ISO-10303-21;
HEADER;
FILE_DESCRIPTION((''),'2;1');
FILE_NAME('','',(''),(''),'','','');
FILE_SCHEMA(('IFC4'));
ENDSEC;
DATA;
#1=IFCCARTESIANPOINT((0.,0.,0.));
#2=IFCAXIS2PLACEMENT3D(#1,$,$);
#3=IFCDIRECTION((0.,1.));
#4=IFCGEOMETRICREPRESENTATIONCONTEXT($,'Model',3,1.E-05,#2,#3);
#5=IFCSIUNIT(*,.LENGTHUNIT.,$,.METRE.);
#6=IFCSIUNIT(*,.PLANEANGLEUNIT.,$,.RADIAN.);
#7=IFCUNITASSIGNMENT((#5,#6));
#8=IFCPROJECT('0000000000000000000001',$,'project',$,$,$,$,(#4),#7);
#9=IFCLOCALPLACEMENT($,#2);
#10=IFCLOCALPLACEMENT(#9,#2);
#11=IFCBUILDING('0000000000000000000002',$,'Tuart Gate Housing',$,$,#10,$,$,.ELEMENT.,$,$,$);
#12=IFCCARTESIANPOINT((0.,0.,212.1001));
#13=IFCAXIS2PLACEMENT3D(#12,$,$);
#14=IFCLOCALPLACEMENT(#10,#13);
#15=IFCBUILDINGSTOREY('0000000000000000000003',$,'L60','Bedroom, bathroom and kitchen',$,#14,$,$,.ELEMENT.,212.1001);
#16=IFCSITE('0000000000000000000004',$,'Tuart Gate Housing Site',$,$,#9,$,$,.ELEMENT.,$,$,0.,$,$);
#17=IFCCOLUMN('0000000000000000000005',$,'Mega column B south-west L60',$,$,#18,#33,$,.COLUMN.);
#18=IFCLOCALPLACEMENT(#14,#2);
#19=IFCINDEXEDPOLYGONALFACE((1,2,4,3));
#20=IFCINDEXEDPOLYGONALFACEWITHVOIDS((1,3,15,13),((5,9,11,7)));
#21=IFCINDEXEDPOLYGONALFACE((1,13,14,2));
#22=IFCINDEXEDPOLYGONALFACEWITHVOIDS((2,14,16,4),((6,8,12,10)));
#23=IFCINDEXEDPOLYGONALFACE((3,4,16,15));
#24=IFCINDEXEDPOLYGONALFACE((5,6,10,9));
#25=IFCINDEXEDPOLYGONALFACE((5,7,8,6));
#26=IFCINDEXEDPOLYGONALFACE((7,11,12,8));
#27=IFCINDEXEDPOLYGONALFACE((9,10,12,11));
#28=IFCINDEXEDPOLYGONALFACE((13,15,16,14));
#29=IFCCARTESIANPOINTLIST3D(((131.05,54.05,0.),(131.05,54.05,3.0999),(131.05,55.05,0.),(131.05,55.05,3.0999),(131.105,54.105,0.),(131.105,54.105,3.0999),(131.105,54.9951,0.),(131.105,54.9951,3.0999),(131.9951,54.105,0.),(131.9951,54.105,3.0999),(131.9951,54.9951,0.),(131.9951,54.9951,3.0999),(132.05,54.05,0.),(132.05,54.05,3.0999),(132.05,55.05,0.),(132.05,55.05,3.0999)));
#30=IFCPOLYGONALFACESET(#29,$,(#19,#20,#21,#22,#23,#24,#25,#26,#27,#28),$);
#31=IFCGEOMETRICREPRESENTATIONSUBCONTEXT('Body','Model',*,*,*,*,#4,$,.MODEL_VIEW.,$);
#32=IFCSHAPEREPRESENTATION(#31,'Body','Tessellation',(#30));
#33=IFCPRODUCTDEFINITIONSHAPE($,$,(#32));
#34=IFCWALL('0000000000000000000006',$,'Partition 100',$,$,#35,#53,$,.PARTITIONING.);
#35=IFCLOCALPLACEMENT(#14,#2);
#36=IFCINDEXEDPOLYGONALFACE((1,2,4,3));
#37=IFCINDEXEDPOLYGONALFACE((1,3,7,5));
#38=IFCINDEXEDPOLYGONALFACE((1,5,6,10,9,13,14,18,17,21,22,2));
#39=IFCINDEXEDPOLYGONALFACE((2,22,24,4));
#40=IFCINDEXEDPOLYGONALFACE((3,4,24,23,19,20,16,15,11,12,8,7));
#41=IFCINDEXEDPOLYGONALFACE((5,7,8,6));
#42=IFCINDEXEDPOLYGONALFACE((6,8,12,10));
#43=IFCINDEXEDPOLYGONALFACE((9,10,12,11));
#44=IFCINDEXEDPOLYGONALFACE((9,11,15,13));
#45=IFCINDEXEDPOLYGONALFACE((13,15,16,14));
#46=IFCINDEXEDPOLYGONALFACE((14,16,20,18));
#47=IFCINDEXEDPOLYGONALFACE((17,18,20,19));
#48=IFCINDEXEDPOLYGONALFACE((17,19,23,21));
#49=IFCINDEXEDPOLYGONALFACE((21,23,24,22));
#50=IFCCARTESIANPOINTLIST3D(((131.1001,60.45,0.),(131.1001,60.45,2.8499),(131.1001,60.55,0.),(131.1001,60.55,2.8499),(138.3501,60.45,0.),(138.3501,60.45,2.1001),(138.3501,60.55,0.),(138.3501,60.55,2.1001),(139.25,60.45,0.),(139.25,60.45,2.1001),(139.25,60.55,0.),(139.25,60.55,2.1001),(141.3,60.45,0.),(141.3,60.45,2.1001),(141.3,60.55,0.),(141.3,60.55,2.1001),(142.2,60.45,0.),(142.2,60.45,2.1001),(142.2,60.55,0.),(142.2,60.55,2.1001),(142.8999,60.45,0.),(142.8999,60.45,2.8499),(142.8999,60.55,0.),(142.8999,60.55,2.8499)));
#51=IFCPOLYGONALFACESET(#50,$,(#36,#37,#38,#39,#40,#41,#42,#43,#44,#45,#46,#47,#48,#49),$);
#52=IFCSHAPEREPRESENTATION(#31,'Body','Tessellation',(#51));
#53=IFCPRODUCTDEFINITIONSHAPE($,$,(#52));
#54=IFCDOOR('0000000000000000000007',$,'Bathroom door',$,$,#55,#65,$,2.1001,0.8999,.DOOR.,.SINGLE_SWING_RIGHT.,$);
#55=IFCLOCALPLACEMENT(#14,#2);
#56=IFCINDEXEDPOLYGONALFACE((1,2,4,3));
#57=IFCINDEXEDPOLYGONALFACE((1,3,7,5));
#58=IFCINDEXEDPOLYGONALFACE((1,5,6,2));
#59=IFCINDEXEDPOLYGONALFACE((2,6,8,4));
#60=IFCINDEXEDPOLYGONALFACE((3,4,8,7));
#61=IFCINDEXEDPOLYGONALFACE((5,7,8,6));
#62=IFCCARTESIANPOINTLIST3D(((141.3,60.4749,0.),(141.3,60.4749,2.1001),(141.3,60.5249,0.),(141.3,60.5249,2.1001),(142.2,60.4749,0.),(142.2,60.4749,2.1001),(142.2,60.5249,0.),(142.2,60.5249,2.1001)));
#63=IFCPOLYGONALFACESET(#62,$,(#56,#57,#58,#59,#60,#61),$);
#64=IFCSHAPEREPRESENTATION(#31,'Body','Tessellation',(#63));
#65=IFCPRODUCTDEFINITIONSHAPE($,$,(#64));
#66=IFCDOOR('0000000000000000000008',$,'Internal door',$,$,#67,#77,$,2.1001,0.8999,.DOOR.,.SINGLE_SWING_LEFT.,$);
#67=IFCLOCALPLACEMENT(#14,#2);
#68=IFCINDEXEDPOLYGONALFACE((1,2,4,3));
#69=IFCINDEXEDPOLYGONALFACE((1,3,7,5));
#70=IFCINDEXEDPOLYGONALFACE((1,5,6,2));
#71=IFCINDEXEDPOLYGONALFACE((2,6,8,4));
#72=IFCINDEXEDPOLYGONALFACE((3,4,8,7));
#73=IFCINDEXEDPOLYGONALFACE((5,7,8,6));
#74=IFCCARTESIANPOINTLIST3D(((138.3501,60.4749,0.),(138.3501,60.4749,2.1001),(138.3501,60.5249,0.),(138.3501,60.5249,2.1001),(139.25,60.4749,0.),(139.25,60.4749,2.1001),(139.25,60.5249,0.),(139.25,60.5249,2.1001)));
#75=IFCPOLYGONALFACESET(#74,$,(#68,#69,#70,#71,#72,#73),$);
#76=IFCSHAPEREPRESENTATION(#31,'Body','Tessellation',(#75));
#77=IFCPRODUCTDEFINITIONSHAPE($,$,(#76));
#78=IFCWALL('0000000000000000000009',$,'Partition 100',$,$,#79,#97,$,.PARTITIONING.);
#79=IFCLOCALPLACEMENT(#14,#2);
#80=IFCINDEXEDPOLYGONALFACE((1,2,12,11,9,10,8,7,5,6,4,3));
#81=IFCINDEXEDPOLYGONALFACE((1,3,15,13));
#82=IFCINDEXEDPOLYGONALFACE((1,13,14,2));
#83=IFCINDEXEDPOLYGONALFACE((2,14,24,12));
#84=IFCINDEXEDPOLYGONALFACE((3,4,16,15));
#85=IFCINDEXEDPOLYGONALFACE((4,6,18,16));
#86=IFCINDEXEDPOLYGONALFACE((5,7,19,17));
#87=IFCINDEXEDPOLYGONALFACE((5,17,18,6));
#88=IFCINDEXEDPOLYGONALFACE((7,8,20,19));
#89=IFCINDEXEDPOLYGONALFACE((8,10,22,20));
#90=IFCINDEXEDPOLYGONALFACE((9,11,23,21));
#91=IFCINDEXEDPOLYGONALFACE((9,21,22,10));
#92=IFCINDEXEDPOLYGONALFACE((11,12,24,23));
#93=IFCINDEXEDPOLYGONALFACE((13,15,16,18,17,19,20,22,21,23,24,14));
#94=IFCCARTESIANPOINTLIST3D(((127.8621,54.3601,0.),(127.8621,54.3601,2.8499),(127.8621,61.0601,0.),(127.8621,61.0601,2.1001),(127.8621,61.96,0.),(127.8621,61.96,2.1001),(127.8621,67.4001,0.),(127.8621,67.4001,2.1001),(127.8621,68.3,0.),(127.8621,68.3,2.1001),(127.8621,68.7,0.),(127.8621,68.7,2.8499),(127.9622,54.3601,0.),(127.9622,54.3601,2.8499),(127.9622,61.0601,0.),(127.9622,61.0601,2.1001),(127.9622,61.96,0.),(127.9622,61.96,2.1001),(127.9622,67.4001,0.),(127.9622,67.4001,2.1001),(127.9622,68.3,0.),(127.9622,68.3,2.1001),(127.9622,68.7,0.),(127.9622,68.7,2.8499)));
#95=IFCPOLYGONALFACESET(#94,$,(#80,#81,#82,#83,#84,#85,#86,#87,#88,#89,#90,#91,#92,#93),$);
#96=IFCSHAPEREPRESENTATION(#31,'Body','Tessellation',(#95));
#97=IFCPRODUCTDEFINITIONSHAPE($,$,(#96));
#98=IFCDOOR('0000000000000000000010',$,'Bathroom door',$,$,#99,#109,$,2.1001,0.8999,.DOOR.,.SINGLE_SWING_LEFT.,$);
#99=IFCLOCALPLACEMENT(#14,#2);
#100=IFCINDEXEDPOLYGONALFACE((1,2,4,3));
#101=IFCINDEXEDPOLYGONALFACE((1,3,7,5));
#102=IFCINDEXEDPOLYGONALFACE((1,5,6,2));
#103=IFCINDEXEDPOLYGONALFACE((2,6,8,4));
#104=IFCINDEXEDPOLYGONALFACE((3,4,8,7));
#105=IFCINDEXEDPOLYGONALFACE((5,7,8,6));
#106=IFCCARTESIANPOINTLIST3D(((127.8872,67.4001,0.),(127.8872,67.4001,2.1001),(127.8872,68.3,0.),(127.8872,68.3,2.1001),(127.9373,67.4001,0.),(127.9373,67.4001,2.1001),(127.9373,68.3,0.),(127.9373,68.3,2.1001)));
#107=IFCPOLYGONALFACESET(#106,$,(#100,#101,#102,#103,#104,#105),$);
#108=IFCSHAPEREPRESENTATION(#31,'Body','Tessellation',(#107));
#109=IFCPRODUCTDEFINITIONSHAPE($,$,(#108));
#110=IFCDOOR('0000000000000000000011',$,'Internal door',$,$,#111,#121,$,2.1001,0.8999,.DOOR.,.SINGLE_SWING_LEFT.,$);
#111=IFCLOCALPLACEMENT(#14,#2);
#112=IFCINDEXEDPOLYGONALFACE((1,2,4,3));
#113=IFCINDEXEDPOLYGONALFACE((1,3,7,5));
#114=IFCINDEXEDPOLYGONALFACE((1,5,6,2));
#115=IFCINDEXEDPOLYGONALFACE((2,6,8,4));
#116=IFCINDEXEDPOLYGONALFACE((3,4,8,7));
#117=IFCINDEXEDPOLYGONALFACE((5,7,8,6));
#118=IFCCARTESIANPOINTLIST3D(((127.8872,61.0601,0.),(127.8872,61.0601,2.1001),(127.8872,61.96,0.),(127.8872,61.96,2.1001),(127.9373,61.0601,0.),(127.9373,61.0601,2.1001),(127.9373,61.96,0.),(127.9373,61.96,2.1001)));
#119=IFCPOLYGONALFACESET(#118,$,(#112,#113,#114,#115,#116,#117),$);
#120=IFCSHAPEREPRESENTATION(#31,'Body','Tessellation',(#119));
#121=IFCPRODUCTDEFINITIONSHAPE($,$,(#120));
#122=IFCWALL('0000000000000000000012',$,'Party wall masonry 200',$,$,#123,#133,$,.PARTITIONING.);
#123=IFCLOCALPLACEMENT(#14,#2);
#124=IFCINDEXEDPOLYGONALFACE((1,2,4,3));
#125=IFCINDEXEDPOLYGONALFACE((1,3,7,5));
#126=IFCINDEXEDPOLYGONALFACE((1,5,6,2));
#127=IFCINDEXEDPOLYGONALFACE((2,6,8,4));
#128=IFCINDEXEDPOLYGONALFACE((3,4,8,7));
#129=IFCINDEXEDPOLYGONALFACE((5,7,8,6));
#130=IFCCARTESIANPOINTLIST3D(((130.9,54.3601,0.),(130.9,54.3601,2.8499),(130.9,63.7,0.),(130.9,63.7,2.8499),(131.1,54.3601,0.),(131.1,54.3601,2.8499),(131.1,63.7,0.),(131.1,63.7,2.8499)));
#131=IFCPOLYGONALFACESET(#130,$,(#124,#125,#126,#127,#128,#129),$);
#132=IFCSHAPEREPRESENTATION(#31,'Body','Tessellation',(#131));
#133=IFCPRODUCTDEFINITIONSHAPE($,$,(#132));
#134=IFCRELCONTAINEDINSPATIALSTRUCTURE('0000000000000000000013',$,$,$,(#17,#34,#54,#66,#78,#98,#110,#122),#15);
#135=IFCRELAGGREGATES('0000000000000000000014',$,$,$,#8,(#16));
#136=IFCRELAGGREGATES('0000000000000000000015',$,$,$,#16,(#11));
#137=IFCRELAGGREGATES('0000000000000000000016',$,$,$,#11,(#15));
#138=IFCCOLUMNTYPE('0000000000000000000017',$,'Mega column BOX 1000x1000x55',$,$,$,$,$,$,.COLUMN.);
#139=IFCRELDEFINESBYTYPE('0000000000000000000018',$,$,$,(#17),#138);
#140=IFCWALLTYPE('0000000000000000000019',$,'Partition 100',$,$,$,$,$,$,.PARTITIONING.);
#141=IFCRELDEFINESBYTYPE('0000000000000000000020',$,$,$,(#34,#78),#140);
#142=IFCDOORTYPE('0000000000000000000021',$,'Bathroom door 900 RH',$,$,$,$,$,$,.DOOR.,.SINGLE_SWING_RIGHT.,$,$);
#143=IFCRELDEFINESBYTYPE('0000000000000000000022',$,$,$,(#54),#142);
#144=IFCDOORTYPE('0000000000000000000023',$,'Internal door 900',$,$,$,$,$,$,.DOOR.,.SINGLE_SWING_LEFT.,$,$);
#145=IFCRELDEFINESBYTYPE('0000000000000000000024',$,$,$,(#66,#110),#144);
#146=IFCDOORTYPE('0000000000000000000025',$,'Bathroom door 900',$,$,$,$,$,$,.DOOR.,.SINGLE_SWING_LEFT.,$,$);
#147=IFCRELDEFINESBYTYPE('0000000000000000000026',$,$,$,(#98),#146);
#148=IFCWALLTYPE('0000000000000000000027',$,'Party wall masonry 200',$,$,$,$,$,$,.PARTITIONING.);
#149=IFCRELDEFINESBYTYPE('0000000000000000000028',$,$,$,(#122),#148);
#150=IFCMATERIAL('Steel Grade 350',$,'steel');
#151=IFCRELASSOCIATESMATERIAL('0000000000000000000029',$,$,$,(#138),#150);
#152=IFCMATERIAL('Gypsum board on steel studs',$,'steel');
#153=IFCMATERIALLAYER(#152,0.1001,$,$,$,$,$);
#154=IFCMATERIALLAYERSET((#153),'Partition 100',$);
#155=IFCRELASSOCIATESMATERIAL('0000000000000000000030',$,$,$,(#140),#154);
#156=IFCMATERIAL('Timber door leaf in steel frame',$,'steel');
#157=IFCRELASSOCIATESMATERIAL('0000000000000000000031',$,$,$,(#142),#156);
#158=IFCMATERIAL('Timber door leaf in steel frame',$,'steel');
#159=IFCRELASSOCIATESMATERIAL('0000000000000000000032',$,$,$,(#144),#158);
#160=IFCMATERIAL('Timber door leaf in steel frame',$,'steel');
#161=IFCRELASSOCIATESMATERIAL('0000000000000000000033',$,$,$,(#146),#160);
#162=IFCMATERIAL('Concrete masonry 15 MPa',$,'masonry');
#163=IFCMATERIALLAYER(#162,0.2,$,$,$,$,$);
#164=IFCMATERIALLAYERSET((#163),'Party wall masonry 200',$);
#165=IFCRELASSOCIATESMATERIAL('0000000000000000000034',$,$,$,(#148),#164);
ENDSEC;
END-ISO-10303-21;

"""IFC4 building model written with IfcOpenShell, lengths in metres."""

from ifc_helpers import new_model, si_unit, direction, frame, frame_2d, origin, origin_2d, place, context, subcontext, project, spatial, rectangle, hollow_rectangle, extrude, material, layer, layer_set, material_profile, profile_set, type_object, element, fill, save


model = new_model("IFC4")

# Units and contexts
model_context = context("Model", 3, precision=1e-05, world=origin(), true_north=direction((0.0, 1.0)))
body_context = subcontext(model_context, "Body", "Model", "MODEL_VIEW")
ifc_project = project(units=[si_unit("LENGTHUNIT", "METRE"), si_unit("PLANEANGLEUNIT", "RADIAN")], contexts=[model_context])

# Site, building, storey
site_placement = place(None, origin())
site = spatial("IfcSite", under=ifc_project, at=site_placement, Name="Tuart Gate Housing Site", CompositionType="ELEMENT", RefElevation=0.0)
building_placement = place(site_placement, origin())
building = spatial("IfcBuilding", under=site, at=building_placement, Name="Tuart Gate Housing", CompositionType="ELEMENT")
storey_placement = place(building_placement, frame((0.0, 0.0, 212.1001)))
storey = spatial("IfcBuildingStorey", under=building, at=storey_placement, Name="L60", Description="Bedroom, bathroom and kitchen", CompositionType="ELEMENT", Elevation=212.1001)

# Column
ifc_material_1 = material(Name="Steel Grade 350", Category="steel")
ifc_material_profile = material_profile(ifc_material_1, hollow_rectangle(XDim=1.0, YDim=1.0, WallThickness=0.0549, at=origin_2d()), Name="BOX 1000x1000x55")
ifc_profile_set = profile_set([ifc_material_profile], Name="Steel Grade 350")
column_type = type_object("IfcColumnType", Name="Mega column BOX 1000x1000x55", PredefinedType="COLUMN", material=ifc_profile_set)
column_placement = place(storey_placement, frame((131.55, 54.55, 0.0), z_axis=(0.0, 0.0, 1.0), x_axis=(1.0, 0.0, 0.0)))
element("IfcColumn", 1, at=column_placement, inside=storey, type_object=column_type, Name="Mega column B south-west L60", PredefinedType="COLUMN", context=body_context, shape_type="SweptSolid", body=[
    extrude(hollow_rectangle(XDim=1.0, YDim=1.0, WallThickness=0.0549, at=origin_2d()), origin(), (0.0, 0.0, 1.0), 3.0999),
])

# Walls, openings, doors
ifc_material_2 = material(Name="Gypsum board on steel studs", Category="steel")
ifc_layer_1 = layer(ifc_material_2, 0.1001)
ifc_layer_set_1 = layer_set([ifc_layer_1], Name="Partition 100")
wall_type_1 = type_object("IfcWallType", Name="Partition 100", PredefinedType="PARTITIONING", material=ifc_layer_set_1)
wall_1_placement = place(storey_placement, frame((131.1001, 60.5, 0.0), z_axis=(0.0, 0.0, 1.0), x_axis=(1.0, 0.0, 0.0)))
wall_1 = element("IfcWall", 2, at=wall_1_placement, inside=storey, type_object=wall_type_1, Name="Partition 100", PredefinedType="PARTITIONING", context=body_context, shape_type="SweptSolid", body=[
    extrude(rectangle(XDim=11.7998, YDim=0.1001, at=frame_2d((5.8999, 0.0))), origin(), (0.0, 0.0, 1.0), 2.8499),
])
opening_1_placement = place(wall_1_placement, frame((7.25, 0.0, 0.0)))
opening_1 = element("IfcOpeningElement", 3, at=opening_1_placement, cuts=wall_1, PredefinedType="OPENING", context=body_context, shape_type="SweptSolid", body=[
    extrude(rectangle(XDim=0.8999, YDim=2.1001, at=frame_2d((0.45, 1.05))), frame((0.0, 0.0601, 0.0), z_axis=(0.0, -1.0, 0.0), x_axis=(1.0, 0.0, 0.0)), (0.0, 0.0, 1.0), 0.1201),
])
opening_2_placement = place(wall_1_placement, frame((10.2, 0.0, 0.0)))
opening_2 = element("IfcOpeningElement", 4, at=opening_2_placement, cuts=wall_1, PredefinedType="OPENING", context=body_context, shape_type="SweptSolid", body=[
    extrude(rectangle(XDim=0.8999, YDim=2.1001, at=frame_2d((0.45, 1.05))), frame((0.0, 0.0601, 0.0), z_axis=(0.0, -1.0, 0.0), x_axis=(1.0, 0.0, 0.0)), (0.0, 0.0, 1.0), 0.1201),
])
ifc_material_3 = material(Name="Timber door leaf in steel frame", Category="steel")
door_type_1 = type_object("IfcDoorType", Name="Bathroom door 900 RH", OperationType="SINGLE_SWING_RIGHT", PredefinedType="DOOR", material=ifc_material_3)
door_1_placement = place(opening_2_placement, frame((0.8999, 0.0, 0.0), z_axis=(0.0, 0.0, 1.0), x_axis=(-1.0, 0.0, 0.0)))
door_1 = element("IfcDoor", 5, at=door_1_placement, inside=storey, type_object=door_type_1, Name="Bathroom door", OperationType="SINGLE_SWING_RIGHT", OverallHeight=2.1001, OverallWidth=0.8999, PredefinedType="DOOR", context=body_context, shape_type="SweptSolid", body=[
    extrude(rectangle(XDim=0.8999, YDim=2.1001, at=frame_2d((0.45, 1.05))), frame((0.0, 0.0251, 0.0), z_axis=(0.0, -1.0, 0.0), x_axis=(1.0, 0.0, 0.0)), (0.0, 0.0, 1.0), 0.05),
])
fill(opening_2, door_1)
ifc_material_4 = material(Name="Timber door leaf in steel frame", Category="steel")
door_type_2 = type_object("IfcDoorType", Name="Internal door 900", OperationType="SINGLE_SWING_LEFT", PredefinedType="DOOR", material=ifc_material_4)
door_2_placement = place(opening_1_placement, origin())
door_2 = element("IfcDoor", 6, at=door_2_placement, inside=storey, type_object=door_type_2, Name="Internal door", OperationType="SINGLE_SWING_LEFT", OverallHeight=2.1001, OverallWidth=0.8999, PredefinedType="DOOR", context=body_context, shape_type="SweptSolid", body=[
    extrude(rectangle(XDim=0.8999, YDim=2.1001, at=frame_2d((0.45, 1.05))), frame((0.0, 0.0249, 0.0), z_axis=(0.0, -1.0, 0.0), x_axis=(1.0, 0.0, 0.0)), (0.0, 0.0, 1.0), 0.05),
])
fill(opening_1, door_2)
wall_2_placement = place(storey_placement, frame((127.9121, 54.3601, 0.0), z_axis=(0.0, 0.0, 1.0), x_axis=(0.0, 1.0, 0.0)))
wall_2 = element("IfcWall", 7, at=wall_2_placement, inside=storey, type_object=wall_type_1, Name="Partition 100", PredefinedType="PARTITIONING", context=body_context, shape_type="SweptSolid", body=[
    extrude(rectangle(XDim=14.3398, YDim=0.1001, at=frame_2d((7.1699, 0.0))), origin(), (0.0, 0.0, 1.0), 2.8499),
])
opening_3_placement = place(wall_2_placement, frame((6.7, 0.0, 0.0)))
opening_3 = element("IfcOpeningElement", 8, at=opening_3_placement, cuts=wall_2, PredefinedType="OPENING", context=body_context, shape_type="SweptSolid", body=[
    extrude(rectangle(XDim=0.8999, YDim=2.1001, at=frame_2d((0.45, 1.05))), frame((0.0, 0.0601, 0.0), z_axis=(0.0, -1.0, 0.0), x_axis=(1.0, 0.0, 0.0)), (0.0, 0.0, 1.0), 0.1201),
])
opening_4_placement = place(wall_2_placement, frame((13.04, 0.0, 0.0)))
opening_4 = element("IfcOpeningElement", 9, at=opening_4_placement, cuts=wall_2, PredefinedType="OPENING", context=body_context, shape_type="SweptSolid", body=[
    extrude(rectangle(XDim=0.8999, YDim=2.1001, at=frame_2d((0.45, 1.05))), frame((0.0, 0.0601, 0.0), z_axis=(0.0, -1.0, 0.0), x_axis=(1.0, 0.0, 0.0)), (0.0, 0.0, 1.0), 0.1201),
])
ifc_material_5 = material(Name="Timber door leaf in steel frame", Category="steel")
door_type_3 = type_object("IfcDoorType", Name="Bathroom door 900", OperationType="SINGLE_SWING_LEFT", PredefinedType="DOOR", material=ifc_material_5)
door_3_placement = place(opening_4_placement, frame((0.8999, 0.0, 0.0), z_axis=(0.0, 0.0, 1.0), x_axis=(-1.0, 0.0, 0.0)))
door_3 = element("IfcDoor", 10, at=door_3_placement, inside=storey, type_object=door_type_3, Name="Bathroom door", OperationType="SINGLE_SWING_LEFT", OverallHeight=2.1001, OverallWidth=0.8999, PredefinedType="DOOR", context=body_context, shape_type="SweptSolid", body=[
    extrude(rectangle(XDim=0.8999, YDim=2.1001, at=frame_2d((0.45, 1.05))), frame((0.0, 0.0251, 0.0), z_axis=(0.0, -1.0, 0.0), x_axis=(1.0, 0.0, 0.0)), (0.0, 0.0, 1.0), 0.05),
])
fill(opening_4, door_3)
door_4_placement = place(opening_3_placement, frame((0.8999, 0.0, 0.0), z_axis=(0.0, 0.0, 1.0), x_axis=(-1.0, 0.0, 0.0)))
door_4 = element("IfcDoor", 11, at=door_4_placement, inside=storey, type_object=door_type_2, Name="Internal door", OperationType="SINGLE_SWING_LEFT", OverallHeight=2.1001, OverallWidth=0.8999, PredefinedType="DOOR", context=body_context, shape_type="SweptSolid", body=[
    extrude(rectangle(XDim=0.8999, YDim=2.1001, at=frame_2d((0.45, 1.05))), frame((0.0, 0.0251, 0.0), z_axis=(0.0, -1.0, 0.0), x_axis=(1.0, 0.0, 0.0)), (0.0, 0.0, 1.0), 0.05),
])
fill(opening_3, door_4)

# Wall
ifc_material_6 = material(Name="Concrete masonry 15 MPa", Category="masonry")
ifc_layer_2 = layer(ifc_material_6, 0.2)
ifc_layer_set_2 = layer_set([ifc_layer_2], Name="Party wall masonry 200")
wall_type_2 = type_object("IfcWallType", Name="Party wall masonry 200", PredefinedType="PARTITIONING", material=ifc_layer_set_2)
wall_3_placement = place(storey_placement, frame((131.0, 54.3601, 0.0), z_axis=(0.0, 0.0, 1.0), x_axis=(0.0, 1.0, 0.0)))
element("IfcWall", 12, at=wall_3_placement, inside=storey, type_object=wall_type_2, Name="Party wall masonry 200", PredefinedType="PARTITIONING", context=body_context, shape_type="SweptSolid", body=[
    extrude(rectangle(XDim=9.3398, YDim=0.2, at=frame_2d((4.6699, 0.0))), origin(), (0.0, 0.0, 1.0), 2.8499),
])

save(model, "model.ifc")
